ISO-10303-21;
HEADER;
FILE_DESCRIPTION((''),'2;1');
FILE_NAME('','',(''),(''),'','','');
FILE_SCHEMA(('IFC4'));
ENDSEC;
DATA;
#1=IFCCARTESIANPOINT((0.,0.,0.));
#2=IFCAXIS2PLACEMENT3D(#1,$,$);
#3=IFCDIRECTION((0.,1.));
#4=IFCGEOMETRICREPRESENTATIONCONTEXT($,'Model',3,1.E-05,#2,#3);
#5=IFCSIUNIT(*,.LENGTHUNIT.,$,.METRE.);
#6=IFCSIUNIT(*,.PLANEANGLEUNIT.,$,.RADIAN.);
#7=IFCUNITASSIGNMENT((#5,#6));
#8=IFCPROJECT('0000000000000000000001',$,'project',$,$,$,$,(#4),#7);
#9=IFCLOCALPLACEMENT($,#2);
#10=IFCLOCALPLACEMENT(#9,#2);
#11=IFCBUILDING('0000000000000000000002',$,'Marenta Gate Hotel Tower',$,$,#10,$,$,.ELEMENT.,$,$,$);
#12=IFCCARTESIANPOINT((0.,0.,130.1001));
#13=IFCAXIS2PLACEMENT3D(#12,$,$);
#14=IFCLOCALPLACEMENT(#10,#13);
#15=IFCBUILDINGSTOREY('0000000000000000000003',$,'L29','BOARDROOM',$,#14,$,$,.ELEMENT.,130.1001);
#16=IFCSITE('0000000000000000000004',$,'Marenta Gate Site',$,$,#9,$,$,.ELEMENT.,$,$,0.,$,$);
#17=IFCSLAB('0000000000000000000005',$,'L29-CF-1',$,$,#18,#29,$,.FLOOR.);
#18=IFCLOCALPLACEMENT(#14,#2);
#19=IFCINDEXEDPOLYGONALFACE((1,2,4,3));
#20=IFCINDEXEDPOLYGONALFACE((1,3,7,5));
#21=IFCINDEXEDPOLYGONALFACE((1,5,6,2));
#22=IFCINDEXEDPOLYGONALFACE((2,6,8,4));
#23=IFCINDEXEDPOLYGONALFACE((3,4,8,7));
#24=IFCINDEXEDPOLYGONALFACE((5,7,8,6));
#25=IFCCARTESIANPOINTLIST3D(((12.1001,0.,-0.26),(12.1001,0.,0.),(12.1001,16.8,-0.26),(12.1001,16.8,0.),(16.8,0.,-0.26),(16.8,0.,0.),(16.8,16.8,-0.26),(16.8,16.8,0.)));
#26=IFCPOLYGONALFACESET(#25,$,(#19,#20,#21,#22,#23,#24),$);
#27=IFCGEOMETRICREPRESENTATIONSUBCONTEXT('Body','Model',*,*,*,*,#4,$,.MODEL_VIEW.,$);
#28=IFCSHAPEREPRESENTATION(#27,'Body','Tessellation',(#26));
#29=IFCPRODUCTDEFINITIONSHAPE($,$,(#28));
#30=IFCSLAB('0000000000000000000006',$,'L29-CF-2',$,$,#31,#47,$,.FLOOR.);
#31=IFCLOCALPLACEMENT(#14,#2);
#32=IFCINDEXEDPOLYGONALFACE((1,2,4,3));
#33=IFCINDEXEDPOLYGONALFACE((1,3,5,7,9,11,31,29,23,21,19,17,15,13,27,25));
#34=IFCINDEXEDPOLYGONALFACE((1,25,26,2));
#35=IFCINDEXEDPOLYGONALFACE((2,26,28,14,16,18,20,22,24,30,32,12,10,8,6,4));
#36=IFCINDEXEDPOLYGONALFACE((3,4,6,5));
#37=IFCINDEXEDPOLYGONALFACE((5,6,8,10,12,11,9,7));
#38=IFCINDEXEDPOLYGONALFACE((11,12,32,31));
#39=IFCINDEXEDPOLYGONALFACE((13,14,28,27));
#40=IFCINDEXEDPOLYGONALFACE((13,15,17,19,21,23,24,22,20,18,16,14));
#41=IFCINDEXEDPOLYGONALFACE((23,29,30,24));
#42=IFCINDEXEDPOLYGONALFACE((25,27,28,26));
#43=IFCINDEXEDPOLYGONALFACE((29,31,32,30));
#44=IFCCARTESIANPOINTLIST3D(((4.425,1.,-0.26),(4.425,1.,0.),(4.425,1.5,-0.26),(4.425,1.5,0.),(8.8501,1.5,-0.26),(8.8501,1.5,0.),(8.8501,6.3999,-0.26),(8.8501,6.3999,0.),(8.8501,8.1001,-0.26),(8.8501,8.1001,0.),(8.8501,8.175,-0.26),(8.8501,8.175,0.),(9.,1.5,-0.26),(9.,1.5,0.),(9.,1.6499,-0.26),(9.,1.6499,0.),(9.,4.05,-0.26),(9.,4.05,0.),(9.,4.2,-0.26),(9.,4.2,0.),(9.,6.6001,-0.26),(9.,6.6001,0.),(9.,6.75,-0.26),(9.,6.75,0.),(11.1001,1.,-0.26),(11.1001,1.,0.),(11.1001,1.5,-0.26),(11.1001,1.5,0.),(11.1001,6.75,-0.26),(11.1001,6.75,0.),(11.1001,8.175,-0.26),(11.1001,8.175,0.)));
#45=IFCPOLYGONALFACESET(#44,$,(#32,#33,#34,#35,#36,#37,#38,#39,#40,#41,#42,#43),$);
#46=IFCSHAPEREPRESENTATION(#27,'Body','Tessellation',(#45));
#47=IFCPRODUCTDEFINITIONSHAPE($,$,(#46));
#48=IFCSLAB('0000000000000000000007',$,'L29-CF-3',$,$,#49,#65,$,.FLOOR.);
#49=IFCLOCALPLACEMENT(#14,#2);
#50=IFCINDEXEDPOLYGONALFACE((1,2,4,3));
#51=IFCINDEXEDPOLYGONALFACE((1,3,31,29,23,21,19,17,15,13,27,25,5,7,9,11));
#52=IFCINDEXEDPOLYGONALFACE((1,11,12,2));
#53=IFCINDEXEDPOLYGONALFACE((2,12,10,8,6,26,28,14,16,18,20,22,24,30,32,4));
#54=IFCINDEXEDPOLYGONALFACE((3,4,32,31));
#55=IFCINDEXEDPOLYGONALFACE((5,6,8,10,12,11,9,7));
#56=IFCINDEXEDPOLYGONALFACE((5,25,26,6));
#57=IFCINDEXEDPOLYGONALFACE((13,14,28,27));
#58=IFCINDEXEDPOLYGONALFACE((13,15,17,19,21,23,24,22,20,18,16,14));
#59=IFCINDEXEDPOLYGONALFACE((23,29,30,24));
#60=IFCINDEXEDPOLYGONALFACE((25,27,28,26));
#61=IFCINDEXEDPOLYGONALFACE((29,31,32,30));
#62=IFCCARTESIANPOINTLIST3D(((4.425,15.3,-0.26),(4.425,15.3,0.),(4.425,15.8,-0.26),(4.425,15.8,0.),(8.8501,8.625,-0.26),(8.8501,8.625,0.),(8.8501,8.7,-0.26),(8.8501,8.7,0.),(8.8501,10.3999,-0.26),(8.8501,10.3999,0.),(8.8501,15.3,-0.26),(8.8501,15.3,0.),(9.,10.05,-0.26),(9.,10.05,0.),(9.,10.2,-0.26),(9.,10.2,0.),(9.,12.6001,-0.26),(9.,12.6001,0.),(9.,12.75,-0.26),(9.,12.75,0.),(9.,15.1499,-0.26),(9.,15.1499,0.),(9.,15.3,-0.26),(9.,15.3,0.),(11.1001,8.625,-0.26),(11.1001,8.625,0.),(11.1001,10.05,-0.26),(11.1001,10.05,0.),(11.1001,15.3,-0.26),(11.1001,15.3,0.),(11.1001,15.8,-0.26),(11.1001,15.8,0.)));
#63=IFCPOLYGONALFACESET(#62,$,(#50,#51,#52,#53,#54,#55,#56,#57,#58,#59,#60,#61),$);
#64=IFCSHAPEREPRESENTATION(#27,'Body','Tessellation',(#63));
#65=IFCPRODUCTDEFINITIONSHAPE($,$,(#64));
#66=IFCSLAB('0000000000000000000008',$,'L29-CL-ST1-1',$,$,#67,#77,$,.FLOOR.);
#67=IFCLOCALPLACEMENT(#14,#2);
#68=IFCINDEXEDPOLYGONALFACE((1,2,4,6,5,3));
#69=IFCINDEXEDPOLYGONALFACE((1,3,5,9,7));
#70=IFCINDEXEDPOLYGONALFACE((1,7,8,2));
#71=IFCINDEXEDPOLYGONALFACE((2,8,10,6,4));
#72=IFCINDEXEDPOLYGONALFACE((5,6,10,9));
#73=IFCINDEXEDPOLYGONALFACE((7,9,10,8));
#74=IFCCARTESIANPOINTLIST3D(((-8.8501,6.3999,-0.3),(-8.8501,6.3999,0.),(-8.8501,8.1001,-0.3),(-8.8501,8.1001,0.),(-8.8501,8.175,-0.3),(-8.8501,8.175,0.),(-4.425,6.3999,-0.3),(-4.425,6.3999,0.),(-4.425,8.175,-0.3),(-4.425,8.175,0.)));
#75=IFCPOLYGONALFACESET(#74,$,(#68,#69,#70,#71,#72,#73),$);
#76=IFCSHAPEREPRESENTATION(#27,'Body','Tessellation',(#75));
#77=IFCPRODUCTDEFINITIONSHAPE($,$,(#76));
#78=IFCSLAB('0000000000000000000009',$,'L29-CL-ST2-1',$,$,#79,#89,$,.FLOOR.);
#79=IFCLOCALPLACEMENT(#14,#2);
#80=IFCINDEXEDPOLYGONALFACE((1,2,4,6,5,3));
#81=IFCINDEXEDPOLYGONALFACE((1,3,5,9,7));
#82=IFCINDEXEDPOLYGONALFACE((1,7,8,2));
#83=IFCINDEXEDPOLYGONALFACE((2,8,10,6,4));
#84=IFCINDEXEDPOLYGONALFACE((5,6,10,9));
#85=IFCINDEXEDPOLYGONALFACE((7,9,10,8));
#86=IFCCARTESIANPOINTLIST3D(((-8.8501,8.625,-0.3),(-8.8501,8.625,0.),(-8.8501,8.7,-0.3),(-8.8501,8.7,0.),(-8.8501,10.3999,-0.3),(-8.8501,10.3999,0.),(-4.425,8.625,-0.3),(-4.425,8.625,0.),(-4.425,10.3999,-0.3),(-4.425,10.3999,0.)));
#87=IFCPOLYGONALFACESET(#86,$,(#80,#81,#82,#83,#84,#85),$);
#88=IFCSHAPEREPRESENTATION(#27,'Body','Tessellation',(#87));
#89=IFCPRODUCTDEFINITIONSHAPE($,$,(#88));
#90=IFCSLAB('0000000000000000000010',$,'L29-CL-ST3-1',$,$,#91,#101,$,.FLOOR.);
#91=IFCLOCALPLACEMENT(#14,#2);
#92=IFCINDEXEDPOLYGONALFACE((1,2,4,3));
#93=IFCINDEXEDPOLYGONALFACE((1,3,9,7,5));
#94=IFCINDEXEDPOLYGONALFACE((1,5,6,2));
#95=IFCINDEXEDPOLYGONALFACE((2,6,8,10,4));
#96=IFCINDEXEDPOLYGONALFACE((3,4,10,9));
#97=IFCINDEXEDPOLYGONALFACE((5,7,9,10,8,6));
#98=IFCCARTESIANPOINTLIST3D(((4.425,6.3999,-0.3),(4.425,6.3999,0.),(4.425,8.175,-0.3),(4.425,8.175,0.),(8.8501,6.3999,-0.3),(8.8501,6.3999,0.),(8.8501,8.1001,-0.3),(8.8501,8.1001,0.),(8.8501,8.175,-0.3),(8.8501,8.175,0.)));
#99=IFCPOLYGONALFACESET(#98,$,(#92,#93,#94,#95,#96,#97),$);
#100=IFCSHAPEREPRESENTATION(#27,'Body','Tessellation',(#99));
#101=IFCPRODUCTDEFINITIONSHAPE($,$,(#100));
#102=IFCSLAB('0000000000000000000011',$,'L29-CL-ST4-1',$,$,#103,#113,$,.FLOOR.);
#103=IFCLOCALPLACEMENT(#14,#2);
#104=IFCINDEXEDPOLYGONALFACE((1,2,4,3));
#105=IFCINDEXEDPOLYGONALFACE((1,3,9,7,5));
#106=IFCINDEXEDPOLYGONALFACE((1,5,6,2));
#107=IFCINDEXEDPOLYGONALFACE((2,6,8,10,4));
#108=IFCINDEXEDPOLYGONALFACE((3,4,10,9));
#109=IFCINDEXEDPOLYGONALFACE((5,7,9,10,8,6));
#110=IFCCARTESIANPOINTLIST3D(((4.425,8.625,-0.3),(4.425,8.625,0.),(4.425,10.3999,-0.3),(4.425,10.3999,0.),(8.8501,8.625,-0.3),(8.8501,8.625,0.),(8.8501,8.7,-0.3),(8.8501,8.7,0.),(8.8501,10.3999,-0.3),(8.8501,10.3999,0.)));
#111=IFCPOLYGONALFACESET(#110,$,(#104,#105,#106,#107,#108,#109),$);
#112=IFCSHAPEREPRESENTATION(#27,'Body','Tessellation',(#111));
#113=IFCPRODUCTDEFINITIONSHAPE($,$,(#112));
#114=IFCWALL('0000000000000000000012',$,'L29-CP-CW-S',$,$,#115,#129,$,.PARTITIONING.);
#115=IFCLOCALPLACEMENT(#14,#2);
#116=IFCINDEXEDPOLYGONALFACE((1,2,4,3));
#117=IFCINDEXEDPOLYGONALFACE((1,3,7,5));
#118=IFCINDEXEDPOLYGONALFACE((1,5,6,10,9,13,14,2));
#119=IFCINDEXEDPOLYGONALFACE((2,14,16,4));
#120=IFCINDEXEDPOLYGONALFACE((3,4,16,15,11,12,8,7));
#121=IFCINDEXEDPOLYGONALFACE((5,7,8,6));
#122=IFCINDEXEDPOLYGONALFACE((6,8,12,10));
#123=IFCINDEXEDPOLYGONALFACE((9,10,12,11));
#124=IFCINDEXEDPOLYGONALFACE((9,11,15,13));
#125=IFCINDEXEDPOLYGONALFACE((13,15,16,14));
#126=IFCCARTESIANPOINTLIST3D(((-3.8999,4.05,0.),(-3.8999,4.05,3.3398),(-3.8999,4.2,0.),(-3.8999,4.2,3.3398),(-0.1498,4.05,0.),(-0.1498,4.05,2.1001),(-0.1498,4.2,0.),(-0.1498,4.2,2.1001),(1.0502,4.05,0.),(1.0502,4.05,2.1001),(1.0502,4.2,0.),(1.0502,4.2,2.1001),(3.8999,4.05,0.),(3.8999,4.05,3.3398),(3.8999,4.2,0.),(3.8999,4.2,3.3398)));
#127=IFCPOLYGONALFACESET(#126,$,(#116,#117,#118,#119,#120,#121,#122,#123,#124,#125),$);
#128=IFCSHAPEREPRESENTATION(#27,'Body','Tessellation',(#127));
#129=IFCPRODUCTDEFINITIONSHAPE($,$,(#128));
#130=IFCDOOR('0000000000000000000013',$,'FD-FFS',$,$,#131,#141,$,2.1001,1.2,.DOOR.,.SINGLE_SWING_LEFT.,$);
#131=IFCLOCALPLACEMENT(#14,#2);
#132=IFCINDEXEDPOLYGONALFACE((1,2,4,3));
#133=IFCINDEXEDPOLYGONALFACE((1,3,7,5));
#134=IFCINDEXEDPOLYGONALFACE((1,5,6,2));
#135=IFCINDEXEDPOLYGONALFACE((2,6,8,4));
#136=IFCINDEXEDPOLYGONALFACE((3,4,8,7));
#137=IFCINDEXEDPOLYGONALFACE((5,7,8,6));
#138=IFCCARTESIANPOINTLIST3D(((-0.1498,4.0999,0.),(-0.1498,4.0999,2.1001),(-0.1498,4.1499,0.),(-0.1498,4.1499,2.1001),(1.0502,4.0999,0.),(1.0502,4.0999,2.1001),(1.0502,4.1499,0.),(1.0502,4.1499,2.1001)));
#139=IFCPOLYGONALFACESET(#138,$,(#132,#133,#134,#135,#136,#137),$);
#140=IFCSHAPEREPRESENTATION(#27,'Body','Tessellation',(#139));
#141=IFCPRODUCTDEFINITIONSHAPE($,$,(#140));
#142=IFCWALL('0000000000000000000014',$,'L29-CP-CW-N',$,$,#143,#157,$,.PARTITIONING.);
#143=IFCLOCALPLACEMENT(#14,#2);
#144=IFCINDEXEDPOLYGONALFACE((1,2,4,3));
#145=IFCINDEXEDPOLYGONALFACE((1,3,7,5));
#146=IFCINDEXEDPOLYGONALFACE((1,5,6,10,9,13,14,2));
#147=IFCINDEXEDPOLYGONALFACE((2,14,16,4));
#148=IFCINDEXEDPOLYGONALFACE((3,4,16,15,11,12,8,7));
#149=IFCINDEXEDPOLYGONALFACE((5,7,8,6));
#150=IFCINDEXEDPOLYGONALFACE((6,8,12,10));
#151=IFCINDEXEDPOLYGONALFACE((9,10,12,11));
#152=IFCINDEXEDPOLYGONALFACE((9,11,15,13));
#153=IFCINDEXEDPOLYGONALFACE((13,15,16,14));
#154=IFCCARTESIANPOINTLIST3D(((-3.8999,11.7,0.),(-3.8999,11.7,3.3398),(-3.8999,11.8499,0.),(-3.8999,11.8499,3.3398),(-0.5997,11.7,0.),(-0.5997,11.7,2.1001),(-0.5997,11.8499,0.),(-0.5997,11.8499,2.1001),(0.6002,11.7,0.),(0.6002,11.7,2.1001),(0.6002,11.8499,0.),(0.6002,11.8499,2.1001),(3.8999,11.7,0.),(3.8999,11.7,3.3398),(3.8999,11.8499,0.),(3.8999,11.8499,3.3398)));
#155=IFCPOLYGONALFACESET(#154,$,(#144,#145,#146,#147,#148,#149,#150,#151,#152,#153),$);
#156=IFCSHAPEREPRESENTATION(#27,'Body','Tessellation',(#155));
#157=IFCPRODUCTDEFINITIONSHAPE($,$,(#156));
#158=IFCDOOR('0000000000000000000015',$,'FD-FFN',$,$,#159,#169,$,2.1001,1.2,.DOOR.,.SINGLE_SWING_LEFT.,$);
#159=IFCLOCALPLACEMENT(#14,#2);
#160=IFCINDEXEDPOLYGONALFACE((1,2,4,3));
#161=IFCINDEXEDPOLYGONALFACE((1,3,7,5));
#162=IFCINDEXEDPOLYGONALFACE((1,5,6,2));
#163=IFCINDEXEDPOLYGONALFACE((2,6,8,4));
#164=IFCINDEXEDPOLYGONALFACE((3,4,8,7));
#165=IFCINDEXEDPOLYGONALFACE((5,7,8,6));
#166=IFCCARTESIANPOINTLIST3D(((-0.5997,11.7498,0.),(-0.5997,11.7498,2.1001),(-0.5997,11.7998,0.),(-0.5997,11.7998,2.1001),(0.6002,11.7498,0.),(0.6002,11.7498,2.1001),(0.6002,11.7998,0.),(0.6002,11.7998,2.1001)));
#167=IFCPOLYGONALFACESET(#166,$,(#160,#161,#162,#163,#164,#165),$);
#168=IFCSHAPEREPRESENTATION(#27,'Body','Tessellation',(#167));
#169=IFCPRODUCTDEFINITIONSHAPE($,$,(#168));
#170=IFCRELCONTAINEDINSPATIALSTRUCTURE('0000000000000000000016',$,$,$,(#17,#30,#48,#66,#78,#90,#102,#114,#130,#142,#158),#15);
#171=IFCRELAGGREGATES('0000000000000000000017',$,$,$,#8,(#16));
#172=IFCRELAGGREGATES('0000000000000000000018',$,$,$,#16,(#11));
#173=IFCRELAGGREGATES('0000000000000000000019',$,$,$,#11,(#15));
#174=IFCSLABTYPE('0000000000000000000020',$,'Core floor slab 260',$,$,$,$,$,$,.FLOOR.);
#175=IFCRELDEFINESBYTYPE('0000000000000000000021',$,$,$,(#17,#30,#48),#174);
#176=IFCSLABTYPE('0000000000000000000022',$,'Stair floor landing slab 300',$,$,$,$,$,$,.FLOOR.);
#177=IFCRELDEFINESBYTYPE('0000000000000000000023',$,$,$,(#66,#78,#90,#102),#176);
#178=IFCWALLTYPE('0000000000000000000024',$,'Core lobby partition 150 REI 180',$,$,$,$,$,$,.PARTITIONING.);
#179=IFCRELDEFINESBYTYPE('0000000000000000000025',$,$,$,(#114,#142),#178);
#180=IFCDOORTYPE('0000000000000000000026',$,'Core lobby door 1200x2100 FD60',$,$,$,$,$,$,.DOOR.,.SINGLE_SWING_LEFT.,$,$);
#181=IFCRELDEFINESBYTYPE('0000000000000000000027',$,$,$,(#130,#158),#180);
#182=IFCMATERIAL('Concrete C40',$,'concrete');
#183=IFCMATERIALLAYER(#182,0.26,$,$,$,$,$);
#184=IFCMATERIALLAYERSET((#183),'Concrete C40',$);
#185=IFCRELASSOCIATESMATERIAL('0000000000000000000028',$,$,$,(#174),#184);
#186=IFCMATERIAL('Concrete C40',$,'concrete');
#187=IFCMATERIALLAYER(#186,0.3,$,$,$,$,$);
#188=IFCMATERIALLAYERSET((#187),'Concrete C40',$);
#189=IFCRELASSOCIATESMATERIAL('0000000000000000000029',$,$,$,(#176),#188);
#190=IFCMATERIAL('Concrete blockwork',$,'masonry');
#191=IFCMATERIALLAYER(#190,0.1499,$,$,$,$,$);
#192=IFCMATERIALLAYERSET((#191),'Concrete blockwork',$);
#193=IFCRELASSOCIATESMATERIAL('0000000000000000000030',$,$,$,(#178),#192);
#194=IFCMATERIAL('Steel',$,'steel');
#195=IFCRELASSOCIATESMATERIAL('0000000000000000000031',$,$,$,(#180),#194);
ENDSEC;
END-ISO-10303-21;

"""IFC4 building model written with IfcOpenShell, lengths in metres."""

from ifc_helpers import new_model, si_unit, direction, frame, frame_2d, origin, place, context, subcontext, project, spatial, polyline, rectangle, outline, extrude, material, layer, layer_set, type_object, element, fill, save


model = new_model("IFC4")

# Units and contexts
model_context = context("Model", 3, precision=1e-05, world=origin(), true_north=direction((0.0, 1.0)))
body_context = subcontext(model_context, "Body", "Model", "MODEL_VIEW")
ifc_project = project(units=[si_unit("LENGTHUNIT", "METRE"), si_unit("PLANEANGLEUNIT", "RADIAN")], contexts=[model_context])

# Site, building, storey
site_placement = place(None, origin())
site = spatial("IfcSite", under=ifc_project, at=site_placement, Name="Marenta Gate Site", CompositionType="ELEMENT", RefElevation=0.0)
building_placement = place(site_placement, origin())
building = spatial("IfcBuilding", under=site, at=building_placement, Name="Marenta Gate Hotel Tower", CompositionType="ELEMENT")
storey_placement = place(building_placement, frame((0.0, 0.0, 130.1001)))
storey = spatial("IfcBuildingStorey", under=building, at=storey_placement, Name="L29", Description="BOARDROOM", CompositionType="ELEMENT", Elevation=130.1001)

# Slabs
ifc_material_1 = material(Name="Concrete C40", Category="concrete")
ifc_layer_1 = layer(ifc_material_1, 0.26)
ifc_layer_set_1 = layer_set([ifc_layer_1], Name="Concrete C40")
slab_type_1 = type_object("IfcSlabType", Name="Core floor slab 260", PredefinedType="FLOOR", material=ifc_layer_set_1)
slab_1_placement = place(storey_placement, frame((0.0, 0.0, -0.26)))
element("IfcSlab", 1, at=slab_1_placement, inside=storey, type_object=slab_type_1, Name="L29-CF-1", PredefinedType="FLOOR", context=body_context, shape_type="SweptSolid", body=[
    extrude(outline(polyline([(12.1001, 0.0), (12.1001, 16.8), (16.8, 16.8), (16.8, 0.0), (12.1001, 0.0)])), origin(), (0.0, 0.0, 1.0), 0.26),
])
slab_2_placement = place(storey_placement, frame((0.0, 0.0, -0.26)))
element("IfcSlab", 2, at=slab_2_placement, inside=storey, type_object=slab_type_1, Name="L29-CF-2", PredefinedType="FLOOR", context=body_context, shape_type="SweptSolid", body=[
    extrude(outline(polyline([(8.8501, 1.5), (8.8501, 6.3999), (8.8501, 8.1001), (8.8501, 8.175), (11.1001, 8.175), (11.1001, 6.75), (9.0, 6.75), (9.0, 6.6001), (9.0, 4.2), (9.0, 4.05), (9.0, 1.6499), (9.0, 1.5), (11.1001, 1.5), (11.1001, 1.0), (4.425, 1.0), (4.425, 1.5), (8.8501, 1.5)])), origin(), (0.0, 0.0, 1.0), 0.26),
])
slab_3_placement = place(storey_placement, frame((0.0, 0.0, -0.26)))
element("IfcSlab", 3, at=slab_3_placement, inside=storey, type_object=slab_type_1, Name="L29-CF-3", PredefinedType="FLOOR", context=body_context, shape_type="SweptSolid", body=[
    extrude(outline(polyline([(8.8501, 15.3), (4.425, 15.3), (4.425, 15.8), (11.1001, 15.8), (11.1001, 15.3), (9.0, 15.3), (9.0, 15.1499), (9.0, 12.75), (9.0, 12.6001), (9.0, 10.2), (9.0, 10.05), (11.1001, 10.05), (11.1001, 8.625), (8.8501, 8.625), (8.8501, 8.7), (8.8501, 10.3999), (8.8501, 15.3)])), origin(), (0.0, 0.0, 1.0), 0.26),
])
ifc_material_2 = material(Name="Concrete C40", Category="concrete")
ifc_layer_2 = layer(ifc_material_2, 0.3)
ifc_layer_set_2 = layer_set([ifc_layer_2], Name="Concrete C40")
slab_type_2 = type_object("IfcSlabType", Name="Stair floor landing slab 300", PredefinedType="FLOOR", material=ifc_layer_set_2)
slab_4_placement = place(storey_placement, frame((0.0, 0.0, -0.3)))
element("IfcSlab", 4, at=slab_4_placement, inside=storey, type_object=slab_type_2, Name="L29-CL-ST1-1", PredefinedType="FLOOR", context=body_context, shape_type="SweptSolid", body=[
    extrude(outline(polyline([(-4.425, 6.3999), (-8.8501, 6.3999), (-8.8501, 8.1001), (-8.8501, 8.175), (-4.425, 8.175), (-4.425, 6.3999)])), origin(), (0.0, 0.0, 1.0), 0.3),
])
slab_5_placement = place(storey_placement, frame((0.0, 0.0, -0.3)))
element("IfcSlab", 5, at=slab_5_placement, inside=storey, type_object=slab_type_2, Name="L29-CL-ST2-1", PredefinedType="FLOOR", context=body_context, shape_type="SweptSolid", body=[
    extrude(outline(polyline([(-4.425, 8.625), (-8.8501, 8.625), (-8.8501, 8.7), (-8.8501, 10.3999), (-4.425, 10.3999), (-4.425, 8.625)])), origin(), (0.0, 0.0, 1.0), 0.3),
])
slab_6_placement = place(storey_placement, frame((0.0, 0.0, -0.3)))
element("IfcSlab", 6, at=slab_6_placement, inside=storey, type_object=slab_type_2, Name="L29-CL-ST3-1", PredefinedType="FLOOR", context=body_context, shape_type="SweptSolid", body=[
    extrude(outline(polyline([(4.425, 6.3999), (4.425, 8.175), (8.8501, 8.175), (8.8501, 8.1001), (8.8501, 6.3999), (4.425, 6.3999)])), origin(), (0.0, 0.0, 1.0), 0.3),
])
slab_7_placement = place(storey_placement, frame((0.0, 0.0, -0.3)))
element("IfcSlab", 7, at=slab_7_placement, inside=storey, type_object=slab_type_2, Name="L29-CL-ST4-1", PredefinedType="FLOOR", context=body_context, shape_type="SweptSolid", body=[
    extrude(outline(polyline([(4.425, 8.625), (4.425, 10.3999), (8.8501, 10.3999), (8.8501, 8.7), (8.8501, 8.625), (4.425, 8.625)])), origin(), (0.0, 0.0, 1.0), 0.3),
])

# Walls, openings, doors
ifc_material_3 = material(Name="Concrete blockwork", Category="masonry")
ifc_layer_3 = layer(ifc_material_3, 0.1499)
ifc_layer_set_3 = layer_set([ifc_layer_3], Name="Concrete blockwork")
wall_type_1 = type_object("IfcWallType", Name="Core lobby partition 150 REI 180", PredefinedType="PARTITIONING", material=ifc_layer_set_3)
wall_1_placement = place(storey_placement, frame((-3.8999, 4.125, 0.0), z_axis=(0.0, 0.0, 1.0), x_axis=(1.0, 0.0, 0.0)))
wall_1 = element("IfcWall", 8, at=wall_1_placement, inside=storey, type_object=wall_type_1, Name="L29-CP-CW-S", PredefinedType="PARTITIONING", context=body_context, shape_type="SweptSolid", body=[
    extrude(rectangle(XDim=7.7998, YDim=0.1499, at=frame_2d((3.8999, 0.0))), origin(), (0.0, 0.0, 1.0), 3.3398),
])
opening_1_placement = place(wall_1_placement, frame((3.75, 0.0, 0.0)))
opening_1 = element("IfcOpeningElement", 9, at=opening_1_placement, cuts=wall_1, PredefinedType="OPENING", context=body_context, shape_type="SweptSolid", body=[
    extrude(rectangle(XDim=1.2, YDim=2.1001, at=frame_2d((0.6001, 1.05))), frame((0.0, 0.075, 0.0), z_axis=(0.0, -1.0, 0.0), x_axis=(1.0, 0.0, 0.0)), (0.0, 0.0, 1.0), 0.1499),
])
ifc_material_4 = material(Name="Steel", Category="steel")
door_type_1 = type_object("IfcDoorType", Name="Core lobby door 1200x2100 FD60", OperationType="SINGLE_SWING_LEFT", PredefinedType="DOOR", material=ifc_material_4)
door_1_placement = place(opening_1_placement, origin())
door_1 = element("IfcDoor", 10, at=door_1_placement, inside=storey, type_object=door_type_1, Name="FD-FFS", OperationType="SINGLE_SWING_LEFT", OverallHeight=2.1001, OverallWidth=1.2, PredefinedType="DOOR", context=body_context, shape_type="SweptSolid", body=[
    extrude(rectangle(XDim=1.2, YDim=2.1001, at=frame_2d((0.6001, 1.05))), frame((0.0, 0.0249, 0.0), z_axis=(0.0, -1.0, 0.0), x_axis=(1.0, 0.0, 0.0)), (0.0, 0.0, 1.0), 0.05),
])
fill(opening_1, door_1)
wall_2_placement = place(storey_placement, frame((-3.8999, 11.7749, 0.0), z_axis=(0.0, 0.0, 1.0), x_axis=(1.0, 0.0, 0.0)))
wall_2 = element("IfcWall", 11, at=wall_2_placement, inside=storey, type_object=wall_type_1, Name="L29-CP-CW-N", PredefinedType="PARTITIONING", context=body_context, shape_type="SweptSolid", body=[
    extrude(rectangle(XDim=7.7998, YDim=0.1499, at=frame_2d((3.8999, 0.0))), origin(), (0.0, 0.0, 1.0), 3.3398),
])
opening_2_placement = place(wall_2_placement, frame((3.3, 0.0, 0.0)))
opening_2 = element("IfcOpeningElement", 12, at=opening_2_placement, cuts=wall_2, PredefinedType="OPENING", context=body_context, shape_type="SweptSolid", body=[
    extrude(rectangle(XDim=1.2, YDim=2.1001, at=frame_2d((0.6001, 1.05))), frame((0.0, 0.075, 0.0), z_axis=(0.0, -1.0, 0.0), x_axis=(1.0, 0.0, 0.0)), (0.0, 0.0, 1.0), 0.1499),
])
door_2_placement = place(opening_2_placement, origin())
door_2 = element("IfcDoor", 13, at=door_2_placement, inside=storey, type_object=door_type_1, Name="FD-FFN", OperationType="SINGLE_SWING_LEFT", OverallHeight=2.1001, OverallWidth=1.2, PredefinedType="DOOR", context=body_context, shape_type="SweptSolid", body=[
    extrude(rectangle(XDim=1.2, YDim=2.1001, at=frame_2d((0.6001, 1.05))), frame((0.0, 0.0249, 0.0), z_axis=(0.0, -1.0, 0.0), x_axis=(1.0, 0.0, 0.0)), (0.0, 0.0, 1.0), 0.05),
])
fill(opening_2, door_2)

save(model, "model.ifc")
